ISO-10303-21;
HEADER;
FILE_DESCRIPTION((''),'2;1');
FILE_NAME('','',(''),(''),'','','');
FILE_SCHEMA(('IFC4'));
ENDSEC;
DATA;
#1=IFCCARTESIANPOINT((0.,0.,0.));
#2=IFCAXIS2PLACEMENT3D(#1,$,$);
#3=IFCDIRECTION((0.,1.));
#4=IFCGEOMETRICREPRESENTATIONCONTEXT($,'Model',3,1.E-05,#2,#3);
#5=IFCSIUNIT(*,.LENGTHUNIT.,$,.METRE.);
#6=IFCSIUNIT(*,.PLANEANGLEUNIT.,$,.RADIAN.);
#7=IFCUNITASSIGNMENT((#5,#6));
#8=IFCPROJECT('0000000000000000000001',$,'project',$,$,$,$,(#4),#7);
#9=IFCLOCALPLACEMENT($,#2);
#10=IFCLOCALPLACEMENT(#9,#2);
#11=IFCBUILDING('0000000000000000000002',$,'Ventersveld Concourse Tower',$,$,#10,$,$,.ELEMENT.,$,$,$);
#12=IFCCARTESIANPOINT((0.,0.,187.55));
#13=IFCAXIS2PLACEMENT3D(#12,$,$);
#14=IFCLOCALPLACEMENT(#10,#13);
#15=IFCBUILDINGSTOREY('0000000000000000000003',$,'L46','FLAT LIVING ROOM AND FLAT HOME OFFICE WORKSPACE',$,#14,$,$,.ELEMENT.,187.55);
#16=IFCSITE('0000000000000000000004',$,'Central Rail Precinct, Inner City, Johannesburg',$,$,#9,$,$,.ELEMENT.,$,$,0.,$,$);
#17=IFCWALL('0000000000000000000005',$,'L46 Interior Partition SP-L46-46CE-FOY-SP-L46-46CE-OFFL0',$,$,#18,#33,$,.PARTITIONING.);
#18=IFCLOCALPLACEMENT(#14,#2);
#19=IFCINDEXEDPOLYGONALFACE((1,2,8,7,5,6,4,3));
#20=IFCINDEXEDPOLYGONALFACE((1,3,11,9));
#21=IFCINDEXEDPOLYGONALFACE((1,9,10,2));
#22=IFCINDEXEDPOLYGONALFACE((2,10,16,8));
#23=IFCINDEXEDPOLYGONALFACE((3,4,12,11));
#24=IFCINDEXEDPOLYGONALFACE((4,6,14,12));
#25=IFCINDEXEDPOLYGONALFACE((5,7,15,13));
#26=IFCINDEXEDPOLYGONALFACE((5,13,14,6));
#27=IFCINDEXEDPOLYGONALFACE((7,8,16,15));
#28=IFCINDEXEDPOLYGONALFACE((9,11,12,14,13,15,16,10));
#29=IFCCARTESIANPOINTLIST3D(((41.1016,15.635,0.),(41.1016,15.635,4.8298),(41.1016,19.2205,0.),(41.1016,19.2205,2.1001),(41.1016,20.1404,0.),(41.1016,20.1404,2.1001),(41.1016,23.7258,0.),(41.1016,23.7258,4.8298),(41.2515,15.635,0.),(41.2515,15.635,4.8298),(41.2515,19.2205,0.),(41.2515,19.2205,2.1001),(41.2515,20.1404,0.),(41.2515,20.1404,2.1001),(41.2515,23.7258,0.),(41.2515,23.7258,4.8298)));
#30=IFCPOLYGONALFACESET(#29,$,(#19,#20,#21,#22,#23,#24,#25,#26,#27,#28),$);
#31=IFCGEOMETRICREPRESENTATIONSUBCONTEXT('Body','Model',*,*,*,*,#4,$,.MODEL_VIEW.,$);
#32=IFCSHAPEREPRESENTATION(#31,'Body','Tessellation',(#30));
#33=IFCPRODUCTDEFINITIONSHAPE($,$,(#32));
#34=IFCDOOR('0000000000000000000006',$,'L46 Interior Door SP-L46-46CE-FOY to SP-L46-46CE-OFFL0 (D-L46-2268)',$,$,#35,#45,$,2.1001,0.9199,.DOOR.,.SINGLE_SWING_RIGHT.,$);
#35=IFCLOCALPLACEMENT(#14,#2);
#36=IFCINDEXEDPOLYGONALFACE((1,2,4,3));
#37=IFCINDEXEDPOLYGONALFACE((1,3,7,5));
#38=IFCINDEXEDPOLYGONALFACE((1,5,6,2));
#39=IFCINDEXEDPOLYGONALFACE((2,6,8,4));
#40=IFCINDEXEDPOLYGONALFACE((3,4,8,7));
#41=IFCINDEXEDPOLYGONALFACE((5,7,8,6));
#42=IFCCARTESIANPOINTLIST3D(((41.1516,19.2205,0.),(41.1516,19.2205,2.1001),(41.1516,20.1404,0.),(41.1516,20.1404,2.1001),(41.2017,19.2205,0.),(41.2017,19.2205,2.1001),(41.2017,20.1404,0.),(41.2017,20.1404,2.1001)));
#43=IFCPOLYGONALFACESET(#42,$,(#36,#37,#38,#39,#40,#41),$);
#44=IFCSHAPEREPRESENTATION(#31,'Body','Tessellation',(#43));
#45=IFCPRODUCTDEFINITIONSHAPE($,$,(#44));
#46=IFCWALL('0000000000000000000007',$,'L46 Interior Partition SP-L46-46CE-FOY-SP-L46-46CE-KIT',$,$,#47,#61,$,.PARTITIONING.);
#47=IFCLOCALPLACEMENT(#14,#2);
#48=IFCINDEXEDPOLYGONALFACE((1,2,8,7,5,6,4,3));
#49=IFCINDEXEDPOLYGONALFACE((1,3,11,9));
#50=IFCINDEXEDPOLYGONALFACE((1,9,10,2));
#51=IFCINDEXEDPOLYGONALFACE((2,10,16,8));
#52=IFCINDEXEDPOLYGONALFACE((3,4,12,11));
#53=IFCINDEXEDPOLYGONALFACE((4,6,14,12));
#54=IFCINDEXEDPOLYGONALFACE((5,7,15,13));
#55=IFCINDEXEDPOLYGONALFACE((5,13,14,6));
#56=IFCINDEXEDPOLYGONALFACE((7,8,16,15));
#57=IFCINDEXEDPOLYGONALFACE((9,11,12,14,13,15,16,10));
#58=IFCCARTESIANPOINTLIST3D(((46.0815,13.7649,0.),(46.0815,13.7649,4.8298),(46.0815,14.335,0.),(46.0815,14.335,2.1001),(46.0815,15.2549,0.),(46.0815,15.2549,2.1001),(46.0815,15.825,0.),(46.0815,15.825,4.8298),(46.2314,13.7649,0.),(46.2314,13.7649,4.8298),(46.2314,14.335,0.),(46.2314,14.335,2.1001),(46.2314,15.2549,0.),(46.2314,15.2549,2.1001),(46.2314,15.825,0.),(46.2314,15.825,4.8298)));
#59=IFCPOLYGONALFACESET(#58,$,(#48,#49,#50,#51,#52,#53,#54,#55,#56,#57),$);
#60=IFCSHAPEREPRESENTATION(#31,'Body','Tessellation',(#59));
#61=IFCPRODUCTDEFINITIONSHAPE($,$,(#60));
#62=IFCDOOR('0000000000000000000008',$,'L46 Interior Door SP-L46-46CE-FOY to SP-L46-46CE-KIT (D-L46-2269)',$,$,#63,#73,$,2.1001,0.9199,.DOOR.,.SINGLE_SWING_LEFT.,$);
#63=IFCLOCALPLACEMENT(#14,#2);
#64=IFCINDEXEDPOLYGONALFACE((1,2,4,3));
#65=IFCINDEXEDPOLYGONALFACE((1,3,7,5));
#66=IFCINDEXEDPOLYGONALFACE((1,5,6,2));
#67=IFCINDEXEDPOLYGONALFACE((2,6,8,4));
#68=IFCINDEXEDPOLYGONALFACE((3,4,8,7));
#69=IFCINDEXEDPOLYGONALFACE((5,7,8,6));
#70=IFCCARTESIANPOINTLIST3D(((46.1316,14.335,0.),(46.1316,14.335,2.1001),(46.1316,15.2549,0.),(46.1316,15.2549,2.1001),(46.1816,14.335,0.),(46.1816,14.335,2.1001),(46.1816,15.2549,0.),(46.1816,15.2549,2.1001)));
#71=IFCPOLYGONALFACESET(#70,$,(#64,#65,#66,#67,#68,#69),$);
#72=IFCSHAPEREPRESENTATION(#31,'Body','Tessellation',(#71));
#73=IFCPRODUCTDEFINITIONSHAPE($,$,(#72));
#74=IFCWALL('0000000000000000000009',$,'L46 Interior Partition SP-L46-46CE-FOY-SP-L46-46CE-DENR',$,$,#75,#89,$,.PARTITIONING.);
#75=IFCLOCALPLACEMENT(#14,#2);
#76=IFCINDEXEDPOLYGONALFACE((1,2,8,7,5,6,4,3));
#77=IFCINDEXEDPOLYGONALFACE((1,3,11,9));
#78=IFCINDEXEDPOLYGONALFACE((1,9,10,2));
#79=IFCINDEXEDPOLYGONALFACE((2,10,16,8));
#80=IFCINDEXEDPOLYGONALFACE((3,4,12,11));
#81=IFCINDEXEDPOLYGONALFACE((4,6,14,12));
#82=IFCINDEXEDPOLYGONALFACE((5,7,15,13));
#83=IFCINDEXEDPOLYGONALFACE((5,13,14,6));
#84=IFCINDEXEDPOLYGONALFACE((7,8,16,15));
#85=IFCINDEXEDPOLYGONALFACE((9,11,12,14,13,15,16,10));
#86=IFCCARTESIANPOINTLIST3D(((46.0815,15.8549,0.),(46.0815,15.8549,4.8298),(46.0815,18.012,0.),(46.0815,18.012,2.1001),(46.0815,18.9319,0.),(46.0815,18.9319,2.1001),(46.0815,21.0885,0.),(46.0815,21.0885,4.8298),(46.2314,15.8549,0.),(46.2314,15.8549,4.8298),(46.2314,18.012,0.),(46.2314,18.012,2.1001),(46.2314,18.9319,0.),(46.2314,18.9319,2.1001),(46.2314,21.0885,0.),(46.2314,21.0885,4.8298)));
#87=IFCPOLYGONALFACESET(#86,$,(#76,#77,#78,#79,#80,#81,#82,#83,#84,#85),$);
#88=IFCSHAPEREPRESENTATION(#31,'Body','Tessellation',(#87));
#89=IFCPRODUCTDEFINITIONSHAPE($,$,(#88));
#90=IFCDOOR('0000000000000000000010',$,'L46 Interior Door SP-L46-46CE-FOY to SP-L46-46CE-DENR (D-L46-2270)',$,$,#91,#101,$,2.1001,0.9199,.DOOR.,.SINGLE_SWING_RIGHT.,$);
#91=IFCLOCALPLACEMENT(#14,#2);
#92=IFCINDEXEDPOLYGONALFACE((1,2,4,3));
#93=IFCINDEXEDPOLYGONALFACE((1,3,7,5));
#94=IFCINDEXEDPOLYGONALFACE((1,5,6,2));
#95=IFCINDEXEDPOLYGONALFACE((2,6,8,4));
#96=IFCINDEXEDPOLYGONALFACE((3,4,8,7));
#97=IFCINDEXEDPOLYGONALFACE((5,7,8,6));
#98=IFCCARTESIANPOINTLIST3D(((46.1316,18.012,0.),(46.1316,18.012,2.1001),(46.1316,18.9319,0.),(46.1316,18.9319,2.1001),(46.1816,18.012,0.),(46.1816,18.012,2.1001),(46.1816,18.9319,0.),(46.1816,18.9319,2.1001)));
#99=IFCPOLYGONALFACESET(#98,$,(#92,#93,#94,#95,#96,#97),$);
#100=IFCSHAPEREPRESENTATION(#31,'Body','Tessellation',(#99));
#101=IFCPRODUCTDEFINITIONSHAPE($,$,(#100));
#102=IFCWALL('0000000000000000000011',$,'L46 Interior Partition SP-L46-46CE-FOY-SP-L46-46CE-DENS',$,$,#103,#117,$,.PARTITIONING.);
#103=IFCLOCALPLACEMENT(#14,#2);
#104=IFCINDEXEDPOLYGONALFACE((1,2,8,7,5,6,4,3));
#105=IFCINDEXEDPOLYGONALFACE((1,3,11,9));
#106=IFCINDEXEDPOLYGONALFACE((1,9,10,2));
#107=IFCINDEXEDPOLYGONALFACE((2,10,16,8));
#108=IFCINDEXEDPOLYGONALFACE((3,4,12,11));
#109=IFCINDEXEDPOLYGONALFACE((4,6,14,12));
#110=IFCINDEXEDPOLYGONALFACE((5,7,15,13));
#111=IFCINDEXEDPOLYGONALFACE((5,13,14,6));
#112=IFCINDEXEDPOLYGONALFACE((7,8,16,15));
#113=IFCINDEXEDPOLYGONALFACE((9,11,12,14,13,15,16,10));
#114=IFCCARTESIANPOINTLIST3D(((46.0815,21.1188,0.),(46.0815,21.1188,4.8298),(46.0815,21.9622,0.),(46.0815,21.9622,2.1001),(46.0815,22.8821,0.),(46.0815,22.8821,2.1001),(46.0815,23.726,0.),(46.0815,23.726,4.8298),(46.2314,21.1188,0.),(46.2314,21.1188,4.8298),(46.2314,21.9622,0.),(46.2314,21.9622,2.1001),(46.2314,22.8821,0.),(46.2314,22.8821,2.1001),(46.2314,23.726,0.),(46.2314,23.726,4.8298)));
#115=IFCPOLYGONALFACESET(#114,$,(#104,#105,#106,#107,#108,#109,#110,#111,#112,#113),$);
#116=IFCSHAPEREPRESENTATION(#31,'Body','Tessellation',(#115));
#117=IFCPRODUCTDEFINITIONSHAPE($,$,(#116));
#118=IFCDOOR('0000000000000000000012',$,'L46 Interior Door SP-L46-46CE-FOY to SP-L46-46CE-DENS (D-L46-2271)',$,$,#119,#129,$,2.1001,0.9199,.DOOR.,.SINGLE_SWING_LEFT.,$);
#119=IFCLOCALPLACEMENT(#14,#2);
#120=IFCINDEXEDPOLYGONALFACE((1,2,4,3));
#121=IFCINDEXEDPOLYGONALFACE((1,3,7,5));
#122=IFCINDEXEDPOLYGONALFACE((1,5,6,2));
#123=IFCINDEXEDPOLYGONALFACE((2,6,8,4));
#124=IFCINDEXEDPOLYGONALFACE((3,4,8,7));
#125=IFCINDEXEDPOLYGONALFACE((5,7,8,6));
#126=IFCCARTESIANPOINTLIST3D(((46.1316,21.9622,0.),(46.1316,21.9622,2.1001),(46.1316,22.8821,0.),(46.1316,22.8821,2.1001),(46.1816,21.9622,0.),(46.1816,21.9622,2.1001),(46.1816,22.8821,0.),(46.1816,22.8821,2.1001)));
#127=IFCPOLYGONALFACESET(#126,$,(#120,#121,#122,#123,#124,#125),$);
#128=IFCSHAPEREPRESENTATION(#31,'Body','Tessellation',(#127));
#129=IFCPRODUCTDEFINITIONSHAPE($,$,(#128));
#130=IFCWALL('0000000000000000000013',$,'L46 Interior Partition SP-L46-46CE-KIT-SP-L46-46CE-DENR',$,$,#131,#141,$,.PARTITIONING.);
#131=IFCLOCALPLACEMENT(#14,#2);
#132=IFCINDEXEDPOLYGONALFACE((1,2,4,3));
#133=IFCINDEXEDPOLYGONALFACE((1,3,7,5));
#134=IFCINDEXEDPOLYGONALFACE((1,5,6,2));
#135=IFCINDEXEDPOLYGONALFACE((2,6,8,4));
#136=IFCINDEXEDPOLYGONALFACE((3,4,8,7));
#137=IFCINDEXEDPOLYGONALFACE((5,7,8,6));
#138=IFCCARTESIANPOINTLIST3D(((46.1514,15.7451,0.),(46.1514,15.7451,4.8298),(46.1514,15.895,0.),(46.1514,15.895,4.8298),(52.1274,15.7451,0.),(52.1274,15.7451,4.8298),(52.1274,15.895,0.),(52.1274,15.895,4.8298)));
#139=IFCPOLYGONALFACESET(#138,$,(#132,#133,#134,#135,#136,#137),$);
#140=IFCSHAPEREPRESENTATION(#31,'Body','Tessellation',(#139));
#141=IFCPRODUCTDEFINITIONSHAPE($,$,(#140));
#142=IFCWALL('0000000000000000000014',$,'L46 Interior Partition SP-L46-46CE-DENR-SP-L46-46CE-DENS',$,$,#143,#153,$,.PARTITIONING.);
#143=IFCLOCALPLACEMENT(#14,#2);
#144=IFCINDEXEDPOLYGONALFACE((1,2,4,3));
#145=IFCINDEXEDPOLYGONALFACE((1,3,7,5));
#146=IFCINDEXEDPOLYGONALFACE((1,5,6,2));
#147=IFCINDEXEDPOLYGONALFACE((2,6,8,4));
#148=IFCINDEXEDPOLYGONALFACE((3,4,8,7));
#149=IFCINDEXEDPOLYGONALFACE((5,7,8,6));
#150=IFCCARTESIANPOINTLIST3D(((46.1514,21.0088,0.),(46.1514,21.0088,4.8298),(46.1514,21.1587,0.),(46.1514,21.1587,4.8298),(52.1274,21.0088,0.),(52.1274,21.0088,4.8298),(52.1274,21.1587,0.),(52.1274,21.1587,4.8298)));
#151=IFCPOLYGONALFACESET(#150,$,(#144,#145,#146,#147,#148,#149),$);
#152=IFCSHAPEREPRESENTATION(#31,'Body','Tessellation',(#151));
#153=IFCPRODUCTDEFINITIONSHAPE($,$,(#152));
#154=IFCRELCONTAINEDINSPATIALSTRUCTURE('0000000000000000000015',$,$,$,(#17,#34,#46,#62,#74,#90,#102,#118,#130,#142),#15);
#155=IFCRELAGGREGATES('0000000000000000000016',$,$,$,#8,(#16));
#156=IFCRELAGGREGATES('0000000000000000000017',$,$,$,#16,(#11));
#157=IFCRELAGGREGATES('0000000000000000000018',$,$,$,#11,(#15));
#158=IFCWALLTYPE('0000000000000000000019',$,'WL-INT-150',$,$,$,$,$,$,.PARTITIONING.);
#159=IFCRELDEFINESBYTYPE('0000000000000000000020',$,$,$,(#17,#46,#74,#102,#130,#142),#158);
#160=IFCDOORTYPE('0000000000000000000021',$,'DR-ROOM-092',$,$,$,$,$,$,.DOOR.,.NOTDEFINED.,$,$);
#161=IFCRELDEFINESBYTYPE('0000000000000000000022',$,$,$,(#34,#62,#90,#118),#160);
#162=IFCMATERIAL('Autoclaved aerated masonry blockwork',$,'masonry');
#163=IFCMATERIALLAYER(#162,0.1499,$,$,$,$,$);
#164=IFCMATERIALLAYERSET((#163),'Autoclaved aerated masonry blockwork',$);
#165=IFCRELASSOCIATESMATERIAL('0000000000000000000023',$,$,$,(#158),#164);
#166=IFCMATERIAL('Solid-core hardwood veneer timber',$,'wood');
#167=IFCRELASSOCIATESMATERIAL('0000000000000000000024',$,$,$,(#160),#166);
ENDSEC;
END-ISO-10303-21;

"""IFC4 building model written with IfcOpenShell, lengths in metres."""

from ifc_helpers import new_model, si_unit, direction, frame, frame_2d, origin, place, context, subcontext, project, spatial, rectangle, extrude, material, layer, layer_set, type_object, element, fill, save


model = new_model("IFC4")

# Units and contexts
model_context = context("Model", 3, precision=1e-05, world=origin(), true_north=direction((0.0, 1.0)))
body_context = subcontext(model_context, "Body", "Model", "MODEL_VIEW")
ifc_project = project(units=[si_unit("LENGTHUNIT", "METRE"), si_unit("PLANEANGLEUNIT", "RADIAN")], contexts=[model_context])

# Site, building, storey
site_placement = place(None, origin())
site = spatial("IfcSite", under=ifc_project, at=site_placement, Name="Central Rail Precinct, Inner City, Johannesburg", CompositionType="ELEMENT", RefElevation=0.0)
building_placement = place(site_placement, origin())
building = spatial("IfcBuilding", under=site, at=building_placement, Name="Ventersveld Concourse Tower", CompositionType="ELEMENT")
storey_placement = place(building_placement, frame((0.0, 0.0, 187.55)))
storey = spatial("IfcBuildingStorey", under=building, at=storey_placement, Name="L46", Description="FLAT LIVING ROOM AND FLAT HOME OFFICE WORKSPACE", CompositionType="ELEMENT", Elevation=187.55)

# Shared definitions
ifc_material_1 = material(Name="Solid-core hardwood veneer timber", Category="wood")

# Walls, openings, doors
ifc_material_2 = material(Name="Autoclaved aerated masonry blockwork", Category="masonry")
ifc_layer_1 = layer(ifc_material_2, 0.1499)
ifc_layer_set_1 = layer_set([ifc_layer_1], Name="Autoclaved aerated masonry blockwork")
wall_type_1 = type_object("IfcWallType", Name="WL-INT-150", PredefinedType="PARTITIONING", material=ifc_layer_set_1)
wall_1_placement = place(storey_placement, frame((41.1765, 15.635, 0.0), z_axis=(0.0, 0.0, 1.0), x_axis=(0.0, 1.0, 0.0)))
wall_1 = element("IfcWall", 1, at=wall_1_placement, inside=storey, type_object=wall_type_1, Name="L46 Interior Partition SP-L46-46CE-FOY-SP-L46-46CE-OFFL0", PredefinedType="PARTITIONING", context=body_context, shape_type="SweptSolid", body=[
    extrude(rectangle(XDim=8.0908, YDim=0.1499, at=frame_2d((4.0454, 0.0))), origin(), (0.0, 0.0, 1.0), 4.8298),
])
opening_1_placement = place(wall_1_placement, frame((3.5854, 0.0, 0.0)))
opening_1 = element("IfcOpeningElement", 2, at=opening_1_placement, cuts=wall_1, PredefinedType="OPENING", context=body_context, shape_type="SweptSolid", body=[
    extrude(rectangle(XDim=0.9199, YDim=2.1001, at=frame_2d((0.46, 1.05))), frame((0.0, 0.085, 0.0), z_axis=(0.0, -1.0, 0.0), x_axis=(1.0, 0.0, 0.0)), (0.0, 0.0, 1.0), 0.1699),
])
door_type_1 = type_object("IfcDoorType", Name="DR-ROOM-092", OperationType="NOTDEFINED", PredefinedType="DOOR", material=ifc_material_1)
door_1_placement = place(opening_1_placement, origin())
door_1 = element("IfcDoor", 3, at=door_1_placement, inside=storey, type_object=door_type_1, Name="L46 Interior Door SP-L46-46CE-FOY to SP-L46-46CE-OFFL0 (D-L46-2268)", OperationType="SINGLE_SWING_RIGHT", OverallHeight=2.1001, OverallWidth=0.9199, PredefinedType="DOOR", context=body_context, shape_type="SweptSolid", body=[
    extrude(rectangle(XDim=0.9199, YDim=2.1001, at=frame_2d((0.46, 1.05))), frame((0.0, 0.0249, 0.0), z_axis=(0.0, -1.0, 0.0), x_axis=(1.0, 0.0, 0.0)), (0.0, 0.0, 1.0), 0.05),
])
fill(opening_1, door_1)
wall_2_placement = place(storey_placement, frame((46.1565, 13.7649, 0.0), z_axis=(0.0, 0.0, 1.0), x_axis=(0.0, 1.0, 0.0)))
wall_2 = element("IfcWall", 4, at=wall_2_placement, inside=storey, type_object=wall_type_1, Name="L46 Interior Partition SP-L46-46CE-FOY-SP-L46-46CE-KIT", PredefinedType="PARTITIONING", context=body_context, shape_type="SweptSolid", body=[
    extrude(rectangle(XDim=2.0601, YDim=0.1499, at=frame_2d((1.03, 0.0))), origin(), (0.0, 0.0, 1.0), 4.8298),
])
opening_2_placement = place(wall_2_placement, frame((0.5701, 0.0, 0.0)))
opening_2 = element("IfcOpeningElement", 5, at=opening_2_placement, cuts=wall_2, PredefinedType="OPENING", context=body_context, shape_type="SweptSolid", body=[
    extrude(rectangle(XDim=0.9199, YDim=2.1001, at=frame_2d((0.46, 1.05))), frame((0.0, 0.085, 0.0), z_axis=(0.0, -1.0, 0.0), x_axis=(1.0, 0.0, 0.0)), (0.0, 0.0, 1.0), 0.1699),
])
door_2_placement = place(opening_2_placement, origin())
door_2 = element("IfcDoor", 6, at=door_2_placement, inside=storey, type_object=door_type_1, Name="L46 Interior Door SP-L46-46CE-FOY to SP-L46-46CE-KIT (D-L46-2269)", OperationType="SINGLE_SWING_LEFT", OverallHeight=2.1001, OverallWidth=0.9199, PredefinedType="DOOR", context=body_context, shape_type="SweptSolid", body=[
    extrude(rectangle(XDim=0.9199, YDim=2.1001, at=frame_2d((0.46, 1.05))), frame((0.0, 0.0249, 0.0), z_axis=(0.0, -1.0, 0.0), x_axis=(1.0, 0.0, 0.0)), (0.0, 0.0, 1.0), 0.05),
])
fill(opening_2, door_2)
wall_3_placement = place(storey_placement, frame((46.1565, 15.855, 0.0), z_axis=(0.0, 0.0, 1.0), x_axis=(0.0, 1.0, 0.0)))
wall_3 = element("IfcWall", 7, at=wall_3_placement, inside=storey, type_object=wall_type_1, Name="L46 Interior Partition SP-L46-46CE-FOY-SP-L46-46CE-DENR", PredefinedType="PARTITIONING", context=body_context, shape_type="SweptSolid", body=[
    extrude(rectangle(XDim=5.2336, YDim=0.1499, at=frame_2d((2.6167, 0.0))), origin(), (0.0, 0.0, 1.0), 4.8298),
])
opening_3_placement = place(wall_3_placement, frame((2.157, 0.0, 0.0)))
opening_3 = element("IfcOpeningElement", 8, at=opening_3_placement, cuts=wall_3, PredefinedType="OPENING", context=body_context, shape_type="SweptSolid", body=[
    extrude(rectangle(XDim=0.9199, YDim=2.1001, at=frame_2d((0.46, 1.05))), frame((0.0, 0.085, 0.0), z_axis=(0.0, -1.0, 0.0), x_axis=(1.0, 0.0, 0.0)), (0.0, 0.0, 1.0), 0.1699),
])
door_3_placement = place(opening_3_placement, origin())
door_3 = element("IfcDoor", 9, at=door_3_placement, inside=storey, type_object=door_type_1, Name="L46 Interior Door SP-L46-46CE-FOY to SP-L46-46CE-DENR (D-L46-2270)", OperationType="SINGLE_SWING_RIGHT", OverallHeight=2.1001, OverallWidth=0.9199, PredefinedType="DOOR", context=body_context, shape_type="SweptSolid", body=[
    extrude(rectangle(XDim=0.9199, YDim=2.1001, at=frame_2d((0.46, 1.05))), frame((0.0, 0.0249, 0.0), z_axis=(0.0, -1.0, 0.0), x_axis=(1.0, 0.0, 0.0)), (0.0, 0.0, 1.0), 0.05),
])
fill(opening_3, door_3)
wall_4_placement = place(storey_placement, frame((46.1565, 21.1187, 0.0), z_axis=(0.0, 0.0, 1.0), x_axis=(0.0, 1.0, 0.0)))
wall_4 = element("IfcWall", 10, at=wall_4_placement, inside=storey, type_object=wall_type_1, Name="L46 Interior Partition SP-L46-46CE-FOY-SP-L46-46CE-DENS", PredefinedType="PARTITIONING", context=body_context, shape_type="SweptSolid", body=[
    extrude(rectangle(XDim=2.6072, YDim=0.1499, at=frame_2d((1.3037, 0.0))), origin(), (0.0, 0.0, 1.0), 4.8298),
])
opening_4_placement = place(wall_4_placement, frame((0.8435, 0.0, 0.0)))
opening_4 = element("IfcOpeningElement", 11, at=opening_4_placement, cuts=wall_4, PredefinedType="OPENING", context=body_context, shape_type="SweptSolid", body=[
    extrude(rectangle(XDim=0.9199, YDim=2.1001, at=frame_2d((0.46, 1.05))), frame((0.0, 0.085, 0.0), z_axis=(0.0, -1.0, 0.0), x_axis=(1.0, 0.0, 0.0)), (0.0, 0.0, 1.0), 0.1699),
])
door_4_placement = place(opening_4_placement, origin())
door_4 = element("IfcDoor", 12, at=door_4_placement, inside=storey, type_object=door_type_1, Name="L46 Interior Door SP-L46-46CE-FOY to SP-L46-46CE-DENS (D-L46-2271)", OperationType="SINGLE_SWING_LEFT", OverallHeight=2.1001, OverallWidth=0.9199, PredefinedType="DOOR", context=body_context, shape_type="SweptSolid", body=[
    extrude(rectangle(XDim=0.9199, YDim=2.1001, at=frame_2d((0.46, 1.05))), frame((0.0, 0.0249, 0.0), z_axis=(0.0, -1.0, 0.0), x_axis=(1.0, 0.0, 0.0)), (0.0, 0.0, 1.0), 0.05),
])
fill(opening_4, door_4)

# Walls
for number, where, z_axis, x_axis, name in (
    (13, (46.1514, 15.8201, 0.0), (0.0, 0.0, 1.0), (1.0, 0.0, 0.0), "L46 Interior Partition SP-L46-46CE-KIT-SP-L46-46CE-DENR"),
    (14, (46.1514, 21.0837, 0.0), (0.0, 0.0, 1.0), (1.0, 0.0, 0.0), "L46 Interior Partition SP-L46-46CE-DENR-SP-L46-46CE-DENS"),
):
    element("IfcWall", number, at=place(storey_placement, frame(where, z_axis=z_axis, x_axis=x_axis)), inside=storey, type_object=wall_type_1, Name=name, PredefinedType="PARTITIONING", context=body_context, shape_type="SweptSolid", body=[
        extrude(rectangle(XDim=5.9761, YDim=0.1499, at=frame_2d((2.988, 0.0))), origin(), (0.0, 0.0, 1.0), 4.8298),
    ])

save(model, "model.ifc")
